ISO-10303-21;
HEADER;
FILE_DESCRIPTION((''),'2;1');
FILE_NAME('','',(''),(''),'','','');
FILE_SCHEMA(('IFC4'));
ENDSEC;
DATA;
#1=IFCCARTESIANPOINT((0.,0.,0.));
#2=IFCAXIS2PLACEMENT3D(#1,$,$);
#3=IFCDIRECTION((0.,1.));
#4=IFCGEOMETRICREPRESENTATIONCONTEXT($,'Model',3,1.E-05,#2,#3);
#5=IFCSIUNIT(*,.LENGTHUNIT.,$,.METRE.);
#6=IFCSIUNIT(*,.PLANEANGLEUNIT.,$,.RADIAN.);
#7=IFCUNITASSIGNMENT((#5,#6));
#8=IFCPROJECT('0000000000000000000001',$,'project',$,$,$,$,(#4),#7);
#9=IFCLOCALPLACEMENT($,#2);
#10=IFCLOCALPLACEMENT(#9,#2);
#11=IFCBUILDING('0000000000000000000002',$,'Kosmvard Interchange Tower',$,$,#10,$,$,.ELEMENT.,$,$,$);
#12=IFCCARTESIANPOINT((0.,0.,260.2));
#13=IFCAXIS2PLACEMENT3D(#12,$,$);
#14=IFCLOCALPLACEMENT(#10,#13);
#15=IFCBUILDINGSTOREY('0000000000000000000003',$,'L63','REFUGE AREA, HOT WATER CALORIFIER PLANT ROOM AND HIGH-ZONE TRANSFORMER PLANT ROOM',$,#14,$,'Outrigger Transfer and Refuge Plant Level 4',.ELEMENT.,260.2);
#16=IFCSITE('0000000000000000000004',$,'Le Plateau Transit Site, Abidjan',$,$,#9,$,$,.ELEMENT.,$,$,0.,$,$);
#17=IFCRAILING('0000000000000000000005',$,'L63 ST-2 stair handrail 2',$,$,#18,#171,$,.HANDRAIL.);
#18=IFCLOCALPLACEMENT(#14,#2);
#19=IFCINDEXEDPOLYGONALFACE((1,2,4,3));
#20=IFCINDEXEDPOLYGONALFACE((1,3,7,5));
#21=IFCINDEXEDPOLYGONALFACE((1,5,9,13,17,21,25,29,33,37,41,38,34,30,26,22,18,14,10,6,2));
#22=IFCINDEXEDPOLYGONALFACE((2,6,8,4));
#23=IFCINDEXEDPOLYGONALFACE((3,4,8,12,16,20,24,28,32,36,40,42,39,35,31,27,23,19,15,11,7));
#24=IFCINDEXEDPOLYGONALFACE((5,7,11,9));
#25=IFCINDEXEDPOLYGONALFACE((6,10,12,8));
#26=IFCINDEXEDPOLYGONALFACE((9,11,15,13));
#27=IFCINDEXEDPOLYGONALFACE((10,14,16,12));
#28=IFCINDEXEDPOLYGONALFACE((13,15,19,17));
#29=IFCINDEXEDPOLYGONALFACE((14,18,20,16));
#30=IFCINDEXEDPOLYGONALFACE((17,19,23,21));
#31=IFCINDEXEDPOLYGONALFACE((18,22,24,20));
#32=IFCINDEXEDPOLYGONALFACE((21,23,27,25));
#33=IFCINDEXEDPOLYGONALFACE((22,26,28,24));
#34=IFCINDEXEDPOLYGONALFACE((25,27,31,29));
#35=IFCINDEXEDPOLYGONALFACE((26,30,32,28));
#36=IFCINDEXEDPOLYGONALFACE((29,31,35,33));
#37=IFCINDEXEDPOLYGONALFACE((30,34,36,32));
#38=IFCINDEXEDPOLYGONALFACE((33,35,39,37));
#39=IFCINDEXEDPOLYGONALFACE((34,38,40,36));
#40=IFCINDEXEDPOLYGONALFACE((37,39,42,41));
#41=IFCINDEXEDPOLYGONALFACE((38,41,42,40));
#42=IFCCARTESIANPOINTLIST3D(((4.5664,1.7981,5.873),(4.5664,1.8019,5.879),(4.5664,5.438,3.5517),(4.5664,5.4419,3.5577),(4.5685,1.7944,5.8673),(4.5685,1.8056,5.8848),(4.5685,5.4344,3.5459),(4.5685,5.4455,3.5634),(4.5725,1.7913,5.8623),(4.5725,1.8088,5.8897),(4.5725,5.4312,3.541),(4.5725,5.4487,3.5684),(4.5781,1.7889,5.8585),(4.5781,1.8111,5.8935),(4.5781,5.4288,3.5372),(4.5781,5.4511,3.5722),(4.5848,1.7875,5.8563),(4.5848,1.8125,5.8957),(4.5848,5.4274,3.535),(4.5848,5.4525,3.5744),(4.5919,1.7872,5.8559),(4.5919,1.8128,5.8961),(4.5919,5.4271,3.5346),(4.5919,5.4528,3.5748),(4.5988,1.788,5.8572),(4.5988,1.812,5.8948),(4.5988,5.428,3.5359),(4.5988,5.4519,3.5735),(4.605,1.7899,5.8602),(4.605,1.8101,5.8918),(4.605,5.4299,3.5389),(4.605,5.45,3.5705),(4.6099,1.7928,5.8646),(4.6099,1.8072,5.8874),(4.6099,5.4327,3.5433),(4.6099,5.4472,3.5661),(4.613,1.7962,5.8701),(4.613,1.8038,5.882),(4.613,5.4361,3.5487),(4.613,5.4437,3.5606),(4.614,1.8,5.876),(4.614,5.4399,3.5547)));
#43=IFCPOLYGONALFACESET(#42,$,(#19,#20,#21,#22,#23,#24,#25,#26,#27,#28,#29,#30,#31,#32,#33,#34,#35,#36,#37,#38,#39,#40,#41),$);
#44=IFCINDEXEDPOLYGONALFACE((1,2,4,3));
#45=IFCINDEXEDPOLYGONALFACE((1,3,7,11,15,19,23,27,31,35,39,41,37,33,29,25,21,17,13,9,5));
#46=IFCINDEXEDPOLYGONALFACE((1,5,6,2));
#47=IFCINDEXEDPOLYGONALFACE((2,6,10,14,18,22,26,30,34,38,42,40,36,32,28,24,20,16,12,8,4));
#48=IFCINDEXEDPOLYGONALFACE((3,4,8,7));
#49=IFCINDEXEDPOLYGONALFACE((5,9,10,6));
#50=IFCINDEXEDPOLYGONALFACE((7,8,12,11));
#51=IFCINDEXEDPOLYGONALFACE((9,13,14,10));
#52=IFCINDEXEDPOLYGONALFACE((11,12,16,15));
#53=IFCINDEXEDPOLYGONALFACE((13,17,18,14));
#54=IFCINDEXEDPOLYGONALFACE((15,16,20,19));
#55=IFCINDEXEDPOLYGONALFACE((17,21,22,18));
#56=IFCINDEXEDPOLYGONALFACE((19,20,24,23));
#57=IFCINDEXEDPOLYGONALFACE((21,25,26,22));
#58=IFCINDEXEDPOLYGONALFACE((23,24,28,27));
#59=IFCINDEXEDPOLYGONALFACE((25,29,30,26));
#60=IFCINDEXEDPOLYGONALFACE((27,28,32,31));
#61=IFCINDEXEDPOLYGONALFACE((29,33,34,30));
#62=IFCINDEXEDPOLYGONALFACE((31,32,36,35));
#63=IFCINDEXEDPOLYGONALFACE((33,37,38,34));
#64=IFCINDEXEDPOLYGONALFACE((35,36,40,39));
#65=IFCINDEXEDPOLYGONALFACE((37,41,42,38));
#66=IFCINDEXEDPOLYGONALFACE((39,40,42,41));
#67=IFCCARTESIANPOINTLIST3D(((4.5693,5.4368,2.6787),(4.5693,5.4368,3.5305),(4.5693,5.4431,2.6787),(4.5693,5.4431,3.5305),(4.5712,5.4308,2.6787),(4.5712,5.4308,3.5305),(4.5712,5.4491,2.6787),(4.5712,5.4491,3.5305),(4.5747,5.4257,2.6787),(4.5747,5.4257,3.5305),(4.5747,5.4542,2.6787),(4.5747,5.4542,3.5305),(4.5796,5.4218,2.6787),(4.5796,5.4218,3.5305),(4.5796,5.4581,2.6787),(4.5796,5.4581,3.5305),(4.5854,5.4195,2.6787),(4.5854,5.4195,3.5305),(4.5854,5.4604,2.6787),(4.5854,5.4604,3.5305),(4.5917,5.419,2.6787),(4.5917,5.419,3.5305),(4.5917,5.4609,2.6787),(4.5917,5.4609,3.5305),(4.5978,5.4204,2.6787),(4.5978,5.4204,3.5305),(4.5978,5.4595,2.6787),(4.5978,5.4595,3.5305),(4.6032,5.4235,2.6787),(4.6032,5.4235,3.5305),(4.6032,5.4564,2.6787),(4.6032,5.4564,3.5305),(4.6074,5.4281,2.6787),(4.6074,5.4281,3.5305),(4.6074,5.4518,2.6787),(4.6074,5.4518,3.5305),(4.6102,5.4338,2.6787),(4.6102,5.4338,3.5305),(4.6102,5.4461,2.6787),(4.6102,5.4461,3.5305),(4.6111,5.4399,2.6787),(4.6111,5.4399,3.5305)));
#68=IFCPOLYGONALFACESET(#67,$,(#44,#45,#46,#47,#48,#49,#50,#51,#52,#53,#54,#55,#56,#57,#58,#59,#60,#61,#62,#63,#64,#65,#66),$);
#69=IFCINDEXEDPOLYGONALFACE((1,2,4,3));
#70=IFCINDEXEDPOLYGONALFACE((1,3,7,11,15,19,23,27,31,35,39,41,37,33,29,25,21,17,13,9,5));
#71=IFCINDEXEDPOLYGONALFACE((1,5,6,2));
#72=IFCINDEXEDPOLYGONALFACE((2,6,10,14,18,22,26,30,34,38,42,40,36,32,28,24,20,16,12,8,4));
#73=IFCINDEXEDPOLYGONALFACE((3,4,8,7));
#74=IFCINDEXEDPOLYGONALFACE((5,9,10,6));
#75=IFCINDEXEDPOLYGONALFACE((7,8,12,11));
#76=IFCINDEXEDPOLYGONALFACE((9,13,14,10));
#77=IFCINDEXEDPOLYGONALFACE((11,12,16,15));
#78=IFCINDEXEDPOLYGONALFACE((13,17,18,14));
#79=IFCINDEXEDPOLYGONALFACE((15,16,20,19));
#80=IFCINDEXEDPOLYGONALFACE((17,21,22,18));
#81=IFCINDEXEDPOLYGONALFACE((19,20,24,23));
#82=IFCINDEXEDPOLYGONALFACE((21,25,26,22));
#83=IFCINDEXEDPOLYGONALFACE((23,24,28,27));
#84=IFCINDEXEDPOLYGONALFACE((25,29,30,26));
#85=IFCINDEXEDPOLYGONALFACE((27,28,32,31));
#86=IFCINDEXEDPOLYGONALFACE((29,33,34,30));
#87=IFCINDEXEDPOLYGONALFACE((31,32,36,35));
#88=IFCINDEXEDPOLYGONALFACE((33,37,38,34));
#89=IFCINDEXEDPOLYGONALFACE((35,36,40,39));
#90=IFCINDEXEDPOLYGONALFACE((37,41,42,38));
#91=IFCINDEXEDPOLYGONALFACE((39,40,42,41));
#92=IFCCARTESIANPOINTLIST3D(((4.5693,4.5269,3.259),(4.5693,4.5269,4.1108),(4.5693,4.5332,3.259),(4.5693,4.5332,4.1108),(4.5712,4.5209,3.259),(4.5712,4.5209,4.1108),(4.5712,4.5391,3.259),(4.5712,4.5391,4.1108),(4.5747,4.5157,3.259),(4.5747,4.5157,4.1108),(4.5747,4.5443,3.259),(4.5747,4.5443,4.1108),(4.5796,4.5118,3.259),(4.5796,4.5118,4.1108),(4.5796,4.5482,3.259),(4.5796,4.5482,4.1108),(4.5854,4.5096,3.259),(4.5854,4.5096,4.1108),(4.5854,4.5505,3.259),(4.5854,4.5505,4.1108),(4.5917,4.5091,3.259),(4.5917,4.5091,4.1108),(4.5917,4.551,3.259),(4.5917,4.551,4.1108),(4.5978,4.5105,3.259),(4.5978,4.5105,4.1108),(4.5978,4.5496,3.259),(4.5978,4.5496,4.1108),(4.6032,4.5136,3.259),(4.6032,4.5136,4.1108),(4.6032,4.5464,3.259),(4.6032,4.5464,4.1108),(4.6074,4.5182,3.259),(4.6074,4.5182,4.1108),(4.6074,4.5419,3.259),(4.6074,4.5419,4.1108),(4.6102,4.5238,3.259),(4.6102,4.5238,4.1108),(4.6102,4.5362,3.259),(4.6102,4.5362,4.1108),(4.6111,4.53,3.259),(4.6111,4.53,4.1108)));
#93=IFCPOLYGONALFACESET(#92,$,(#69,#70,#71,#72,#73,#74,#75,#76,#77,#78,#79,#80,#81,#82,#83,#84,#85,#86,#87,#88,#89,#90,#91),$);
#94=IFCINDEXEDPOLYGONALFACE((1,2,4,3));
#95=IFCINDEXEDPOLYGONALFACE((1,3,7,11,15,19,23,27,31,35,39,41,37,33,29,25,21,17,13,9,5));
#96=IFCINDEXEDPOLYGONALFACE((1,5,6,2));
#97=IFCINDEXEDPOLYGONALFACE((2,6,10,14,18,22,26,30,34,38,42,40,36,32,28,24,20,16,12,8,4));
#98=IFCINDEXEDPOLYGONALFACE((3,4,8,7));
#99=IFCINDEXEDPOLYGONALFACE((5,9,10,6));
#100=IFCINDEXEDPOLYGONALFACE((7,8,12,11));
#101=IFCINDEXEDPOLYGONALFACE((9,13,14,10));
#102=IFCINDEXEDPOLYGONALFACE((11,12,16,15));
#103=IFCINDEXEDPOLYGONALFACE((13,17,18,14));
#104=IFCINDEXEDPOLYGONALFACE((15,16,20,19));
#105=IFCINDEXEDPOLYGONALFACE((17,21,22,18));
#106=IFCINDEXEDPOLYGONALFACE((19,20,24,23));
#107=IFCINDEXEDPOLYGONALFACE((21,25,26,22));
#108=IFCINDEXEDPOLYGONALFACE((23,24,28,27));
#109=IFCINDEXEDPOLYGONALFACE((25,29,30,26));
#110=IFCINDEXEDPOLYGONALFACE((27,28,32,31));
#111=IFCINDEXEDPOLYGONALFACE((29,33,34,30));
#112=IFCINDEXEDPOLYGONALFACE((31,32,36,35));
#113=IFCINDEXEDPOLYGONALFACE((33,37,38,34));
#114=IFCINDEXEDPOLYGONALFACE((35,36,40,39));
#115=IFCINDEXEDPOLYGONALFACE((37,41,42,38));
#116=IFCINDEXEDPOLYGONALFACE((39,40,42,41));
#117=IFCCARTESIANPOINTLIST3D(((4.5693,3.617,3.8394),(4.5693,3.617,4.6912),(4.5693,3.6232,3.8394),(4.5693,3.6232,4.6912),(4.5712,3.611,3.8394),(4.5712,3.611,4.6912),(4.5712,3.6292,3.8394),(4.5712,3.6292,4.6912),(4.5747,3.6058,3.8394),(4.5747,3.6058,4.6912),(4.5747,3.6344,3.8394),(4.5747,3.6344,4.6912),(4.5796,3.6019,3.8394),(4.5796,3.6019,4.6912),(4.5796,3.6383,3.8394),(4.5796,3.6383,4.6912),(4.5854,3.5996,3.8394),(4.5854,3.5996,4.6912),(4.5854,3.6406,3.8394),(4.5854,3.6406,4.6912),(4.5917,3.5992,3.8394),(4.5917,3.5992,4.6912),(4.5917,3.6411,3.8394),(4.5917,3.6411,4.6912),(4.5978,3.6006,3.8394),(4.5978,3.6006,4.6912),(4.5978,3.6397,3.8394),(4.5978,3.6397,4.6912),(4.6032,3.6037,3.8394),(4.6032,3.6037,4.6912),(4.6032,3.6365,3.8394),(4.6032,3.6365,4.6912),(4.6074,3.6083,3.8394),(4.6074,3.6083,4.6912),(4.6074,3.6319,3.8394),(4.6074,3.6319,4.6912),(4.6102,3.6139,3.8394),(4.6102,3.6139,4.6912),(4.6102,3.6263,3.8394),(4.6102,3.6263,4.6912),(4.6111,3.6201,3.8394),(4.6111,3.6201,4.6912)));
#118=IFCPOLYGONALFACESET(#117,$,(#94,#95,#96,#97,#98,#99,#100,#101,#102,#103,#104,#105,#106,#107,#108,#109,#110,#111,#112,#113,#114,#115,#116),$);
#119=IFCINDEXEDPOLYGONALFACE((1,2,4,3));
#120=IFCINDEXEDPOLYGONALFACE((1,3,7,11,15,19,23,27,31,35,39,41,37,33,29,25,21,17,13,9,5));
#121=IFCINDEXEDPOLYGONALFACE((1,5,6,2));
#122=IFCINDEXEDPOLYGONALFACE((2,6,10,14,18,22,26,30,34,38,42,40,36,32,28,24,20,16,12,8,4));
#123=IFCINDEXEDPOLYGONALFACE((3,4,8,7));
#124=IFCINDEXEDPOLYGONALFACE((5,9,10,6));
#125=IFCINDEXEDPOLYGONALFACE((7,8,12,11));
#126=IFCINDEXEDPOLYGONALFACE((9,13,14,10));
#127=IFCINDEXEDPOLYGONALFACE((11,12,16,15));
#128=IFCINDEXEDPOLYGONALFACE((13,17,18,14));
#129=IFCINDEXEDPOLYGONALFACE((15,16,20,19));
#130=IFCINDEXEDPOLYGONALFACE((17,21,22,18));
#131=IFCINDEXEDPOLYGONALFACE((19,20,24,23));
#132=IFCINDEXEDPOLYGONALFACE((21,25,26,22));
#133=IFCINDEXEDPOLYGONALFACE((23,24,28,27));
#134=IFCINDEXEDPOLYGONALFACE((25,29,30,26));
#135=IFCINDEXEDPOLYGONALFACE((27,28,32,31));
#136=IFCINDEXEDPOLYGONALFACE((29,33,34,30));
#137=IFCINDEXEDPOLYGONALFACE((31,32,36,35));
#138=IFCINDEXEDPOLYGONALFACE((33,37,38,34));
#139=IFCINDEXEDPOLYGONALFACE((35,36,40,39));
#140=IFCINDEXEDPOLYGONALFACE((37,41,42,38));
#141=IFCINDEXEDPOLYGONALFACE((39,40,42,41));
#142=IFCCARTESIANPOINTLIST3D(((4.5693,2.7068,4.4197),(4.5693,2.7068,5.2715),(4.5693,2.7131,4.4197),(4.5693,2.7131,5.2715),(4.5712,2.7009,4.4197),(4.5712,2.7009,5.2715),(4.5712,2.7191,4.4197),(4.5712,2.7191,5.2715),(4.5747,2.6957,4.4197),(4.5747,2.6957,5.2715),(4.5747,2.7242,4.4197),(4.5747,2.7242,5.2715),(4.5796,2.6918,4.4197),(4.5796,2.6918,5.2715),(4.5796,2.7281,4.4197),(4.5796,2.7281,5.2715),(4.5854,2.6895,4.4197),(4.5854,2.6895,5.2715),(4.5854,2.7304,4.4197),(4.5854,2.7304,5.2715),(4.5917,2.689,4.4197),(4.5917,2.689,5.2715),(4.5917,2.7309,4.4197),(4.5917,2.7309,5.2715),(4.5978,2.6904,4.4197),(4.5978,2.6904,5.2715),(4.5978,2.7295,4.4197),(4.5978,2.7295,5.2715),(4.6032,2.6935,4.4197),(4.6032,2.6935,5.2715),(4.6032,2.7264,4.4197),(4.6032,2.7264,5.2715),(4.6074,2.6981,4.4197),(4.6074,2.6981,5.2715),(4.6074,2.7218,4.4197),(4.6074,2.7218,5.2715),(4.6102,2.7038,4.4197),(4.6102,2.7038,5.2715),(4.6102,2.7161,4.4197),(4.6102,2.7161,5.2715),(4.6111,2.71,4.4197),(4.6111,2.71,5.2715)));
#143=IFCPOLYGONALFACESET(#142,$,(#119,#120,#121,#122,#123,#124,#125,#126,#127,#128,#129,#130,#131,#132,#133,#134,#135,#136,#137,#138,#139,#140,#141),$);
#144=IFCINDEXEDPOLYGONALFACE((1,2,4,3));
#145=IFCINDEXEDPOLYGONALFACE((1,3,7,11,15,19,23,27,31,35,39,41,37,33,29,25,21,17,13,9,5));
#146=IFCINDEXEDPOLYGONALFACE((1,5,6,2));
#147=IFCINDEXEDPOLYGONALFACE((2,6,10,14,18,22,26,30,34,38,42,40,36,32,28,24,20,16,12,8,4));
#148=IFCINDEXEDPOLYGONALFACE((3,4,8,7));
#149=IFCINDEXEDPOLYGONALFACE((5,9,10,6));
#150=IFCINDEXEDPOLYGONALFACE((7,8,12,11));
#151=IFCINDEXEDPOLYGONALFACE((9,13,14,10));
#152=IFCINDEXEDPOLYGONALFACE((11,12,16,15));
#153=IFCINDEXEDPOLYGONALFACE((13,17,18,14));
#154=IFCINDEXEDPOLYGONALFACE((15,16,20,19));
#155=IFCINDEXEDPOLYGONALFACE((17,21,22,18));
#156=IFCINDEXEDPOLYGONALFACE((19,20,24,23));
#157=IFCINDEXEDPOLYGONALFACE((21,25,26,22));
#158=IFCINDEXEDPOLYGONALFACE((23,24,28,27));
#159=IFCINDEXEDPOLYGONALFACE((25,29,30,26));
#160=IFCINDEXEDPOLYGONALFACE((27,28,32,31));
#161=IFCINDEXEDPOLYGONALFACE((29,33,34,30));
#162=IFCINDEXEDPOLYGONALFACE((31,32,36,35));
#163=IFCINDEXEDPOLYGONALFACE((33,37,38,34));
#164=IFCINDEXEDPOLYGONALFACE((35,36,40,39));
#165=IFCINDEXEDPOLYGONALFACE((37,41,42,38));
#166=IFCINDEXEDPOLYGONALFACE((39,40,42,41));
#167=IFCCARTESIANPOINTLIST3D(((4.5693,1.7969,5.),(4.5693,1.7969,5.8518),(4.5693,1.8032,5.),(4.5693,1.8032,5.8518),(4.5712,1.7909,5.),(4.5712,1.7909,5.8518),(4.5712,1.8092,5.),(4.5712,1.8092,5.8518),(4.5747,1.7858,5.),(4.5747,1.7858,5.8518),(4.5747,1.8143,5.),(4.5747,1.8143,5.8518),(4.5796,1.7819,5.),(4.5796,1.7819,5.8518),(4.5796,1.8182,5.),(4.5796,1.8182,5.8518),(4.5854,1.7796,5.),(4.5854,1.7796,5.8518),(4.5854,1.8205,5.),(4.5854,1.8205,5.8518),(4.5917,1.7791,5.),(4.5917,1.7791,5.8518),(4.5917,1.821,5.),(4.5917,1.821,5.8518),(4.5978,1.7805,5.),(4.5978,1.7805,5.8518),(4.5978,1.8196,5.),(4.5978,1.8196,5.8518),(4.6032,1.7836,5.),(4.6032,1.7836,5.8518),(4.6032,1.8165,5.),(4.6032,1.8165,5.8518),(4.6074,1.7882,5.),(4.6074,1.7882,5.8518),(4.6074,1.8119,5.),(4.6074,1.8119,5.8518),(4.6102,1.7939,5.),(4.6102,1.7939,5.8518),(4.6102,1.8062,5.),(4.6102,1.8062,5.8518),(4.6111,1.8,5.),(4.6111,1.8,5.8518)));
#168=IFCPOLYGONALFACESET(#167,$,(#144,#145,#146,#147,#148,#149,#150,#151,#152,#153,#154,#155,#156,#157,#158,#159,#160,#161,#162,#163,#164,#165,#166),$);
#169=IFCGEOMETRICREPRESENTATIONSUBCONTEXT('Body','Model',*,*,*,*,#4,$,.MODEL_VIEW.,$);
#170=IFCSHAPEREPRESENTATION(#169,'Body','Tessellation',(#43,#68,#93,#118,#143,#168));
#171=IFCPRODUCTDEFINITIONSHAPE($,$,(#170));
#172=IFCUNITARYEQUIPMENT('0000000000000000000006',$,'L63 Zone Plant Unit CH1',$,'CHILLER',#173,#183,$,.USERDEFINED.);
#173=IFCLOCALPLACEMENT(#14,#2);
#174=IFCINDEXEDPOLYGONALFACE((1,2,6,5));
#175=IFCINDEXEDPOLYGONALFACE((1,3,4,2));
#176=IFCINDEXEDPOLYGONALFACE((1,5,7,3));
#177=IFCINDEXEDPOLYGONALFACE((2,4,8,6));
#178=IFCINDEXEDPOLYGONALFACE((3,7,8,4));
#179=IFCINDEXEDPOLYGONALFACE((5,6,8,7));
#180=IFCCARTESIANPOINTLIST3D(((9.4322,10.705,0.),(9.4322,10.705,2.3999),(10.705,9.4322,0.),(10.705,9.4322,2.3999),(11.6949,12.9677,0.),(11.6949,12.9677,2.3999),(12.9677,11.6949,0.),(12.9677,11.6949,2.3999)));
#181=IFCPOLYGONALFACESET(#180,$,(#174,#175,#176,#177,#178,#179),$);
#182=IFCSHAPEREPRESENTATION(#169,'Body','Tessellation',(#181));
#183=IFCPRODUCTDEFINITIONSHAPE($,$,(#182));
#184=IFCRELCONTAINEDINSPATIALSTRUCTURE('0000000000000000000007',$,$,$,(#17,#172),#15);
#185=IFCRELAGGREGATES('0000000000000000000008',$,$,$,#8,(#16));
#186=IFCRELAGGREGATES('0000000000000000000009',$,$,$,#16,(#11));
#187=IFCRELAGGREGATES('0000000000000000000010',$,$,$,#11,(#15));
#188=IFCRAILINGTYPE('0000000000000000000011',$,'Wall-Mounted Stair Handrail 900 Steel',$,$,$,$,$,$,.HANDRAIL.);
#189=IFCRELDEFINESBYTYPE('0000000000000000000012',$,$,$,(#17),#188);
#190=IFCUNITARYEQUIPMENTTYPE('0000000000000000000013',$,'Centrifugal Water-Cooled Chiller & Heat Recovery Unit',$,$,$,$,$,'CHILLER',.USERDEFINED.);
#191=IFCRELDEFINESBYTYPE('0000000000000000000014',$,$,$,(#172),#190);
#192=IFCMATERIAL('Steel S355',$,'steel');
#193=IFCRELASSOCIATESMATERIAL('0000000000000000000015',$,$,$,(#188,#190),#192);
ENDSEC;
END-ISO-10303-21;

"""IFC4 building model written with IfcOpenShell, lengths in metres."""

from ifc_helpers import new_model, si_unit, direction, frame, origin, origin_2d, place, context, subcontext, project, spatial, rectangle, circle, extrude, source, transform, mapped, material, type_object, element, save


model = new_model("IFC4")

# Units and contexts
model_context = context("Model", 3, precision=1e-05, world=origin(), true_north=direction((0.0, 1.0)))
body_context = subcontext(model_context, "Body", "Model", "MODEL_VIEW")
ifc_project = project(units=[si_unit("LENGTHUNIT", "METRE"), si_unit("PLANEANGLEUNIT", "RADIAN")], contexts=[model_context])

# Site, building, storey
site_placement = place(None, origin())
site = spatial("IfcSite", under=ifc_project, at=site_placement, Name="Le Plateau Transit Site, Abidjan", CompositionType="ELEMENT", RefElevation=0.0)
building_placement = place(site_placement, origin())
building = spatial("IfcBuilding", under=site, at=building_placement, Name="Kosmvard Interchange Tower", CompositionType="ELEMENT")
storey_placement = place(building_placement, frame((0.0, 0.0, 260.2)))
storey = spatial("IfcBuildingStorey", under=building, at=storey_placement, Name="L63", Description="REFUGE AREA, HOT WATER CALORIFIER PLANT ROOM AND HIGH-ZONE TRANSFORMER PLANT ROOM", LongName="Outrigger Transfer and Refuge Plant Level 4", CompositionType="ELEMENT", Elevation=260.2)

# Shared definitions
ifc_material_1 = material(Name="Steel S355", Category="steel")

# Railing
railing_type_1 = type_object("IfcRailingType", Name="Wall-Mounted Stair Handrail 900 Steel", PredefinedType="HANDRAIL", material=ifc_material_1)
shared_shape_1 = source(origin(), body_context, "Body", "SweptSolid", [
    extrude(circle(Radius=0.0239, at=origin_2d()), frame((0.0, 0.0, 0.876), z_axis=(0.0, -0.843137, 0.537699), x_axis=(1.0, 0.0, 0.0)), (0.0, 0.0, 1.0), 4.3171),
    extrude(circle(Radius=0.021, at=origin_2d()), origin(), (0.0, 0.0, 1.0), 0.8518),
    extrude(circle(Radius=0.021, at=origin_2d()), frame((0.0, -0.9099, 0.5803)), (0.0, 0.0, 1.0), 0.8518),
    extrude(circle(Radius=0.021, at=origin_2d()), frame((0.0, -1.8198, 1.1606)), (0.0, 0.0, 1.0), 0.8518),
    extrude(circle(Radius=0.021, at=origin_2d()), frame((0.0, -2.73, 1.741)), (0.0, 0.0, 1.0), 0.8518),
    extrude(circle(Radius=0.021, at=origin_2d()), frame((0.0, -3.6399, 2.3213)), (0.0, 0.0, 1.0), 0.8518),
])
railing_1_placement = place(storey_placement, frame((4.5901, 5.4399, 2.6787)))
element("IfcRailing", 1, at=railing_1_placement, inside=storey, type_object=railing_type_1, Name="L63 ST-2 stair handrail 2", PredefinedType="HANDRAIL", context=body_context, shape_type="MappedRepresentation", body=[
    mapped(shared_shape_1, transform((0.0, 0.0, 0.0), scale=1.0)),
])

# Unitary equipment
unitary_equipment_type = type_object("IfcUnitaryEquipmentType", Name="Centrifugal Water-Cooled Chiller & Heat Recovery Unit", ElementType="CHILLER", PredefinedType="USERDEFINED", material=ifc_material_1)
shared_shape_2 = source(origin(), body_context, "Body", "SweptSolid", [
    extrude(rectangle(XDim=3.2, YDim=1.8, at=origin_2d()), origin(), (0.0, 0.0, 1.0), 2.3999),
])
unitary_equipment_placement = place(storey_placement, frame((11.2, 11.2, 0.0), z_axis=(0.0, 0.0, 1.0), x_axis=(0.707107, 0.707107, 0.0)))
element("IfcUnitaryEquipment", 2, at=unitary_equipment_placement, inside=storey, type_object=unitary_equipment_type, Name="L63 Zone Plant Unit CH1", ObjectType="CHILLER", PredefinedType="USERDEFINED", context=body_context, shape_type="MappedRepresentation", body=[
    mapped(shared_shape_2, transform((0.0, 0.0, 0.0), scale=1.0)),
])

save(model, "model.ifc")
